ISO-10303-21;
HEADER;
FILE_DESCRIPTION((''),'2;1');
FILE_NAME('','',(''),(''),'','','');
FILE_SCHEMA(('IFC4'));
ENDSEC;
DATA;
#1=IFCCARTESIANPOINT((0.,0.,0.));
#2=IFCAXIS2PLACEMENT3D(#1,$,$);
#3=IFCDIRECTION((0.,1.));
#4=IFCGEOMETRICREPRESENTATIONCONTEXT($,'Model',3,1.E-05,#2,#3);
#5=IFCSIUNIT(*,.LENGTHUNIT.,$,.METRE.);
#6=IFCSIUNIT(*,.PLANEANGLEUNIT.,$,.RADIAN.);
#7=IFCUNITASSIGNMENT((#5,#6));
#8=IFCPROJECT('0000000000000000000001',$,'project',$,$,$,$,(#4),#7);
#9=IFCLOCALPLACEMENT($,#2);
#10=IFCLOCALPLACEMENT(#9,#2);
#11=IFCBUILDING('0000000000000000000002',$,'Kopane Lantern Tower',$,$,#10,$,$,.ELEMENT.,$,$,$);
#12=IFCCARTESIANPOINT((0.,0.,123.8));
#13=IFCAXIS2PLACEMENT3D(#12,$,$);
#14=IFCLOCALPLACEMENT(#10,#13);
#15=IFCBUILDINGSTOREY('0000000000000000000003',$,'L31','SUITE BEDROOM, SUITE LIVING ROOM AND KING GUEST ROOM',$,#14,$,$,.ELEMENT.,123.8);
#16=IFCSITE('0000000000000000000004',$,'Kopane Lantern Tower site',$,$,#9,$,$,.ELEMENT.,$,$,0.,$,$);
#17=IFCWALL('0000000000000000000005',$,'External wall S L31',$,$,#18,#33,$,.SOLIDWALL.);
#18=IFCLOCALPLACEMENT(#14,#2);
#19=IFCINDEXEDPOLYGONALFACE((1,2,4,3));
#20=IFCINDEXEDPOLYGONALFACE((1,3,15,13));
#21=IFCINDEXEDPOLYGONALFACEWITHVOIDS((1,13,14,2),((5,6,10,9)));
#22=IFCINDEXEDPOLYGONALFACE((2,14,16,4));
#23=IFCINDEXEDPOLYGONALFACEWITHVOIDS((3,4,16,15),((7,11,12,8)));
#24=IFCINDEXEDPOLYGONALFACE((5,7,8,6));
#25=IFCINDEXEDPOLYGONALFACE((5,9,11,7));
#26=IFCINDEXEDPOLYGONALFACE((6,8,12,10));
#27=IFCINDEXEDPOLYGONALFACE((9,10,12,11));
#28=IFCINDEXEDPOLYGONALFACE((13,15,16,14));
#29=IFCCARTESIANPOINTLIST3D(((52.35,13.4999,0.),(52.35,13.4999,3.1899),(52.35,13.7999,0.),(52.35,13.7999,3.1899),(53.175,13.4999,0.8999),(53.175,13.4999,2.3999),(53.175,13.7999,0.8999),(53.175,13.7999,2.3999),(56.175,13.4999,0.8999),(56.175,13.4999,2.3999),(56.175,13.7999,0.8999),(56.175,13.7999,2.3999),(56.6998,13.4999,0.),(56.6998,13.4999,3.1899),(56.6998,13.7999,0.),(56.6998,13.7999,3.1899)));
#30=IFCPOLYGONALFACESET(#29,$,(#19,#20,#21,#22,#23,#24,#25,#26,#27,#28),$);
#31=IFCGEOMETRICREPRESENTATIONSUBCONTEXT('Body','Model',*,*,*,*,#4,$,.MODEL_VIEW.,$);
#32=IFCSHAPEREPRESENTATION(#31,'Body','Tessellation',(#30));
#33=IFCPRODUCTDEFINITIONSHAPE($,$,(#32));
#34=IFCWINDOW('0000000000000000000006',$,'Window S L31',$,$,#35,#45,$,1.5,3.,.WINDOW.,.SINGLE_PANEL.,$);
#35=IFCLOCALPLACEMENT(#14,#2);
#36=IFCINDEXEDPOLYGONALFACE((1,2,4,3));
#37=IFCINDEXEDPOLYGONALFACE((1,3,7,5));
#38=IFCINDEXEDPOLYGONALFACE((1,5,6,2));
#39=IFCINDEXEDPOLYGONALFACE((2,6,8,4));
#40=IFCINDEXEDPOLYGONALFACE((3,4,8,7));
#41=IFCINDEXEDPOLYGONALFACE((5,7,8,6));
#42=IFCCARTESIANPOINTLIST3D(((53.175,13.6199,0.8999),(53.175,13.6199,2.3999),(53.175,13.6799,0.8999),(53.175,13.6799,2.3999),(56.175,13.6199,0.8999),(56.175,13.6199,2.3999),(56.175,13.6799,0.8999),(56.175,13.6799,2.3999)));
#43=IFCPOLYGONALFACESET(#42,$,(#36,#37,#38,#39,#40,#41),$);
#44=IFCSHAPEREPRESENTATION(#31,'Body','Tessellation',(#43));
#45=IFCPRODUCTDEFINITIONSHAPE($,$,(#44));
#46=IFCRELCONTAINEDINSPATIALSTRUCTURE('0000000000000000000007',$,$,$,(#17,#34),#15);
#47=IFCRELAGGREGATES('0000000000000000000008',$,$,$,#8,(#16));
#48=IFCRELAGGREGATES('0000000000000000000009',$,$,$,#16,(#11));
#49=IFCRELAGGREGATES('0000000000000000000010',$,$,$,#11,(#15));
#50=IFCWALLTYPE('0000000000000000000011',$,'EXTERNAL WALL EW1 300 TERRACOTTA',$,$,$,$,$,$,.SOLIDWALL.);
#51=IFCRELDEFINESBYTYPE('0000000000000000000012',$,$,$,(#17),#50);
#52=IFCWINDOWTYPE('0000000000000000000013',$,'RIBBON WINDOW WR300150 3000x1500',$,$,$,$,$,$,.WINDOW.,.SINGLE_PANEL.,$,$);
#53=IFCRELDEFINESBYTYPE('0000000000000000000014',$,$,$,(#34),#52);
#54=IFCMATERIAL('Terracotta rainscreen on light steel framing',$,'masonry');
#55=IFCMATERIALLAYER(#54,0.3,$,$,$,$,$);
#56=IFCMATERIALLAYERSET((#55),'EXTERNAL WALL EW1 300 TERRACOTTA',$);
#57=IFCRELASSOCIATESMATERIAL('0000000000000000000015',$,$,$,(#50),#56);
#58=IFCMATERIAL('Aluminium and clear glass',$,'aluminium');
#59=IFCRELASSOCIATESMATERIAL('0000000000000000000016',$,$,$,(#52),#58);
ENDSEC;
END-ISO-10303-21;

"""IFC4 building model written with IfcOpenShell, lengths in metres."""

from ifc_helpers import new_model, si_unit, direction, frame, frame_2d, origin, place, context, subcontext, project, spatial, rectangle, extrude, material, layer, layer_set, type_object, element, fill, save


model = new_model("IFC4")

# Units and contexts
model_context = context("Model", 3, precision=1e-05, world=origin(), true_north=direction((0.0, 1.0)))
body_context = subcontext(model_context, "Body", "Model", "MODEL_VIEW")
ifc_project = project(units=[si_unit("LENGTHUNIT", "METRE"), si_unit("PLANEANGLEUNIT", "RADIAN")], contexts=[model_context])

# Site, building, storey
site_placement = place(None, origin())
site = spatial("IfcSite", under=ifc_project, at=site_placement, Name="Kopane Lantern Tower site", CompositionType="ELEMENT", RefElevation=0.0)
building_placement = place(site_placement, origin())
building = spatial("IfcBuilding", under=site, at=building_placement, Name="Kopane Lantern Tower", CompositionType="ELEMENT")
storey_placement = place(building_placement, frame((0.0, 0.0, 123.8)))
storey = spatial("IfcBuildingStorey", under=building, at=storey_placement, Name="L31", Description="SUITE BEDROOM, SUITE LIVING ROOM AND KING GUEST ROOM", CompositionType="ELEMENT", Elevation=123.8)

# Wall, opening, window
ifc_material_1 = material(Name="Terracotta rainscreen on light steel framing", Category="masonry")
ifc_layer_1 = layer(ifc_material_1, 0.3)
ifc_layer_set_1 = layer_set([ifc_layer_1], Name="EXTERNAL WALL EW1 300 TERRACOTTA")
wall_type_1 = type_object("IfcWallType", Name="EXTERNAL WALL EW1 300 TERRACOTTA", PredefinedType="SOLIDWALL", material=ifc_layer_set_1)
wall_1_placement = place(storey_placement, frame((52.3501, 13.6499, 0.0), z_axis=(0.0, 0.0, 1.0), x_axis=(1.0, 0.0, 0.0)))
wall_1 = element("IfcWall", 1, at=wall_1_placement, inside=storey, type_object=wall_type_1, Name="External wall S L31", PredefinedType="SOLIDWALL", context=body_context, shape_type="SweptSolid", body=[
    extrude(rectangle(XDim=4.3499, YDim=0.3, at=frame_2d((2.1748, 0.0))), origin(), (0.0, 0.0, 1.0), 3.1899),
])
opening_1_placement = place(wall_1_placement, frame((0.825, 0.0, 0.8999)))
opening_1 = element("IfcOpeningElement", 2, at=opening_1_placement, cuts=wall_1, PredefinedType="OPENING", context=body_context, shape_type="SweptSolid", body=[
    extrude(rectangle(XDim=3.0, YDim=1.5, at=frame_2d((1.5, 0.75))), frame((0.0, 0.1599, 0.0), z_axis=(0.0, -1.0, 0.0), x_axis=(1.0, 0.0, 0.0)), (0.0, 0.0, 1.0), 0.3201),
])
ifc_material_2 = material(Name="Aluminium and clear glass", Category="aluminium")
window_type_1 = type_object("IfcWindowType", Name="RIBBON WINDOW WR300150 3000x1500", PartitioningType="SINGLE_PANEL", PredefinedType="WINDOW", material=ifc_material_2)
window_1_placement = place(opening_1_placement, origin())
window_1 = element("IfcWindow", 3, at=window_1_placement, inside=storey, type_object=window_type_1, Name="Window S L31", OverallHeight=1.5, OverallWidth=3.0, PartitioningType="SINGLE_PANEL", PredefinedType="WINDOW", context=body_context, shape_type="SweptSolid", body=[
    extrude(rectangle(XDim=3.0, YDim=1.5, at=frame_2d((1.5, 0.75))), frame((0.0, 0.03, 0.0), z_axis=(0.0, -1.0, 0.0), x_axis=(1.0, 0.0, 0.0)), (0.0, 0.0, 1.0), 0.0601),
])
fill(opening_1, window_1)

save(model, "model.ifc")
